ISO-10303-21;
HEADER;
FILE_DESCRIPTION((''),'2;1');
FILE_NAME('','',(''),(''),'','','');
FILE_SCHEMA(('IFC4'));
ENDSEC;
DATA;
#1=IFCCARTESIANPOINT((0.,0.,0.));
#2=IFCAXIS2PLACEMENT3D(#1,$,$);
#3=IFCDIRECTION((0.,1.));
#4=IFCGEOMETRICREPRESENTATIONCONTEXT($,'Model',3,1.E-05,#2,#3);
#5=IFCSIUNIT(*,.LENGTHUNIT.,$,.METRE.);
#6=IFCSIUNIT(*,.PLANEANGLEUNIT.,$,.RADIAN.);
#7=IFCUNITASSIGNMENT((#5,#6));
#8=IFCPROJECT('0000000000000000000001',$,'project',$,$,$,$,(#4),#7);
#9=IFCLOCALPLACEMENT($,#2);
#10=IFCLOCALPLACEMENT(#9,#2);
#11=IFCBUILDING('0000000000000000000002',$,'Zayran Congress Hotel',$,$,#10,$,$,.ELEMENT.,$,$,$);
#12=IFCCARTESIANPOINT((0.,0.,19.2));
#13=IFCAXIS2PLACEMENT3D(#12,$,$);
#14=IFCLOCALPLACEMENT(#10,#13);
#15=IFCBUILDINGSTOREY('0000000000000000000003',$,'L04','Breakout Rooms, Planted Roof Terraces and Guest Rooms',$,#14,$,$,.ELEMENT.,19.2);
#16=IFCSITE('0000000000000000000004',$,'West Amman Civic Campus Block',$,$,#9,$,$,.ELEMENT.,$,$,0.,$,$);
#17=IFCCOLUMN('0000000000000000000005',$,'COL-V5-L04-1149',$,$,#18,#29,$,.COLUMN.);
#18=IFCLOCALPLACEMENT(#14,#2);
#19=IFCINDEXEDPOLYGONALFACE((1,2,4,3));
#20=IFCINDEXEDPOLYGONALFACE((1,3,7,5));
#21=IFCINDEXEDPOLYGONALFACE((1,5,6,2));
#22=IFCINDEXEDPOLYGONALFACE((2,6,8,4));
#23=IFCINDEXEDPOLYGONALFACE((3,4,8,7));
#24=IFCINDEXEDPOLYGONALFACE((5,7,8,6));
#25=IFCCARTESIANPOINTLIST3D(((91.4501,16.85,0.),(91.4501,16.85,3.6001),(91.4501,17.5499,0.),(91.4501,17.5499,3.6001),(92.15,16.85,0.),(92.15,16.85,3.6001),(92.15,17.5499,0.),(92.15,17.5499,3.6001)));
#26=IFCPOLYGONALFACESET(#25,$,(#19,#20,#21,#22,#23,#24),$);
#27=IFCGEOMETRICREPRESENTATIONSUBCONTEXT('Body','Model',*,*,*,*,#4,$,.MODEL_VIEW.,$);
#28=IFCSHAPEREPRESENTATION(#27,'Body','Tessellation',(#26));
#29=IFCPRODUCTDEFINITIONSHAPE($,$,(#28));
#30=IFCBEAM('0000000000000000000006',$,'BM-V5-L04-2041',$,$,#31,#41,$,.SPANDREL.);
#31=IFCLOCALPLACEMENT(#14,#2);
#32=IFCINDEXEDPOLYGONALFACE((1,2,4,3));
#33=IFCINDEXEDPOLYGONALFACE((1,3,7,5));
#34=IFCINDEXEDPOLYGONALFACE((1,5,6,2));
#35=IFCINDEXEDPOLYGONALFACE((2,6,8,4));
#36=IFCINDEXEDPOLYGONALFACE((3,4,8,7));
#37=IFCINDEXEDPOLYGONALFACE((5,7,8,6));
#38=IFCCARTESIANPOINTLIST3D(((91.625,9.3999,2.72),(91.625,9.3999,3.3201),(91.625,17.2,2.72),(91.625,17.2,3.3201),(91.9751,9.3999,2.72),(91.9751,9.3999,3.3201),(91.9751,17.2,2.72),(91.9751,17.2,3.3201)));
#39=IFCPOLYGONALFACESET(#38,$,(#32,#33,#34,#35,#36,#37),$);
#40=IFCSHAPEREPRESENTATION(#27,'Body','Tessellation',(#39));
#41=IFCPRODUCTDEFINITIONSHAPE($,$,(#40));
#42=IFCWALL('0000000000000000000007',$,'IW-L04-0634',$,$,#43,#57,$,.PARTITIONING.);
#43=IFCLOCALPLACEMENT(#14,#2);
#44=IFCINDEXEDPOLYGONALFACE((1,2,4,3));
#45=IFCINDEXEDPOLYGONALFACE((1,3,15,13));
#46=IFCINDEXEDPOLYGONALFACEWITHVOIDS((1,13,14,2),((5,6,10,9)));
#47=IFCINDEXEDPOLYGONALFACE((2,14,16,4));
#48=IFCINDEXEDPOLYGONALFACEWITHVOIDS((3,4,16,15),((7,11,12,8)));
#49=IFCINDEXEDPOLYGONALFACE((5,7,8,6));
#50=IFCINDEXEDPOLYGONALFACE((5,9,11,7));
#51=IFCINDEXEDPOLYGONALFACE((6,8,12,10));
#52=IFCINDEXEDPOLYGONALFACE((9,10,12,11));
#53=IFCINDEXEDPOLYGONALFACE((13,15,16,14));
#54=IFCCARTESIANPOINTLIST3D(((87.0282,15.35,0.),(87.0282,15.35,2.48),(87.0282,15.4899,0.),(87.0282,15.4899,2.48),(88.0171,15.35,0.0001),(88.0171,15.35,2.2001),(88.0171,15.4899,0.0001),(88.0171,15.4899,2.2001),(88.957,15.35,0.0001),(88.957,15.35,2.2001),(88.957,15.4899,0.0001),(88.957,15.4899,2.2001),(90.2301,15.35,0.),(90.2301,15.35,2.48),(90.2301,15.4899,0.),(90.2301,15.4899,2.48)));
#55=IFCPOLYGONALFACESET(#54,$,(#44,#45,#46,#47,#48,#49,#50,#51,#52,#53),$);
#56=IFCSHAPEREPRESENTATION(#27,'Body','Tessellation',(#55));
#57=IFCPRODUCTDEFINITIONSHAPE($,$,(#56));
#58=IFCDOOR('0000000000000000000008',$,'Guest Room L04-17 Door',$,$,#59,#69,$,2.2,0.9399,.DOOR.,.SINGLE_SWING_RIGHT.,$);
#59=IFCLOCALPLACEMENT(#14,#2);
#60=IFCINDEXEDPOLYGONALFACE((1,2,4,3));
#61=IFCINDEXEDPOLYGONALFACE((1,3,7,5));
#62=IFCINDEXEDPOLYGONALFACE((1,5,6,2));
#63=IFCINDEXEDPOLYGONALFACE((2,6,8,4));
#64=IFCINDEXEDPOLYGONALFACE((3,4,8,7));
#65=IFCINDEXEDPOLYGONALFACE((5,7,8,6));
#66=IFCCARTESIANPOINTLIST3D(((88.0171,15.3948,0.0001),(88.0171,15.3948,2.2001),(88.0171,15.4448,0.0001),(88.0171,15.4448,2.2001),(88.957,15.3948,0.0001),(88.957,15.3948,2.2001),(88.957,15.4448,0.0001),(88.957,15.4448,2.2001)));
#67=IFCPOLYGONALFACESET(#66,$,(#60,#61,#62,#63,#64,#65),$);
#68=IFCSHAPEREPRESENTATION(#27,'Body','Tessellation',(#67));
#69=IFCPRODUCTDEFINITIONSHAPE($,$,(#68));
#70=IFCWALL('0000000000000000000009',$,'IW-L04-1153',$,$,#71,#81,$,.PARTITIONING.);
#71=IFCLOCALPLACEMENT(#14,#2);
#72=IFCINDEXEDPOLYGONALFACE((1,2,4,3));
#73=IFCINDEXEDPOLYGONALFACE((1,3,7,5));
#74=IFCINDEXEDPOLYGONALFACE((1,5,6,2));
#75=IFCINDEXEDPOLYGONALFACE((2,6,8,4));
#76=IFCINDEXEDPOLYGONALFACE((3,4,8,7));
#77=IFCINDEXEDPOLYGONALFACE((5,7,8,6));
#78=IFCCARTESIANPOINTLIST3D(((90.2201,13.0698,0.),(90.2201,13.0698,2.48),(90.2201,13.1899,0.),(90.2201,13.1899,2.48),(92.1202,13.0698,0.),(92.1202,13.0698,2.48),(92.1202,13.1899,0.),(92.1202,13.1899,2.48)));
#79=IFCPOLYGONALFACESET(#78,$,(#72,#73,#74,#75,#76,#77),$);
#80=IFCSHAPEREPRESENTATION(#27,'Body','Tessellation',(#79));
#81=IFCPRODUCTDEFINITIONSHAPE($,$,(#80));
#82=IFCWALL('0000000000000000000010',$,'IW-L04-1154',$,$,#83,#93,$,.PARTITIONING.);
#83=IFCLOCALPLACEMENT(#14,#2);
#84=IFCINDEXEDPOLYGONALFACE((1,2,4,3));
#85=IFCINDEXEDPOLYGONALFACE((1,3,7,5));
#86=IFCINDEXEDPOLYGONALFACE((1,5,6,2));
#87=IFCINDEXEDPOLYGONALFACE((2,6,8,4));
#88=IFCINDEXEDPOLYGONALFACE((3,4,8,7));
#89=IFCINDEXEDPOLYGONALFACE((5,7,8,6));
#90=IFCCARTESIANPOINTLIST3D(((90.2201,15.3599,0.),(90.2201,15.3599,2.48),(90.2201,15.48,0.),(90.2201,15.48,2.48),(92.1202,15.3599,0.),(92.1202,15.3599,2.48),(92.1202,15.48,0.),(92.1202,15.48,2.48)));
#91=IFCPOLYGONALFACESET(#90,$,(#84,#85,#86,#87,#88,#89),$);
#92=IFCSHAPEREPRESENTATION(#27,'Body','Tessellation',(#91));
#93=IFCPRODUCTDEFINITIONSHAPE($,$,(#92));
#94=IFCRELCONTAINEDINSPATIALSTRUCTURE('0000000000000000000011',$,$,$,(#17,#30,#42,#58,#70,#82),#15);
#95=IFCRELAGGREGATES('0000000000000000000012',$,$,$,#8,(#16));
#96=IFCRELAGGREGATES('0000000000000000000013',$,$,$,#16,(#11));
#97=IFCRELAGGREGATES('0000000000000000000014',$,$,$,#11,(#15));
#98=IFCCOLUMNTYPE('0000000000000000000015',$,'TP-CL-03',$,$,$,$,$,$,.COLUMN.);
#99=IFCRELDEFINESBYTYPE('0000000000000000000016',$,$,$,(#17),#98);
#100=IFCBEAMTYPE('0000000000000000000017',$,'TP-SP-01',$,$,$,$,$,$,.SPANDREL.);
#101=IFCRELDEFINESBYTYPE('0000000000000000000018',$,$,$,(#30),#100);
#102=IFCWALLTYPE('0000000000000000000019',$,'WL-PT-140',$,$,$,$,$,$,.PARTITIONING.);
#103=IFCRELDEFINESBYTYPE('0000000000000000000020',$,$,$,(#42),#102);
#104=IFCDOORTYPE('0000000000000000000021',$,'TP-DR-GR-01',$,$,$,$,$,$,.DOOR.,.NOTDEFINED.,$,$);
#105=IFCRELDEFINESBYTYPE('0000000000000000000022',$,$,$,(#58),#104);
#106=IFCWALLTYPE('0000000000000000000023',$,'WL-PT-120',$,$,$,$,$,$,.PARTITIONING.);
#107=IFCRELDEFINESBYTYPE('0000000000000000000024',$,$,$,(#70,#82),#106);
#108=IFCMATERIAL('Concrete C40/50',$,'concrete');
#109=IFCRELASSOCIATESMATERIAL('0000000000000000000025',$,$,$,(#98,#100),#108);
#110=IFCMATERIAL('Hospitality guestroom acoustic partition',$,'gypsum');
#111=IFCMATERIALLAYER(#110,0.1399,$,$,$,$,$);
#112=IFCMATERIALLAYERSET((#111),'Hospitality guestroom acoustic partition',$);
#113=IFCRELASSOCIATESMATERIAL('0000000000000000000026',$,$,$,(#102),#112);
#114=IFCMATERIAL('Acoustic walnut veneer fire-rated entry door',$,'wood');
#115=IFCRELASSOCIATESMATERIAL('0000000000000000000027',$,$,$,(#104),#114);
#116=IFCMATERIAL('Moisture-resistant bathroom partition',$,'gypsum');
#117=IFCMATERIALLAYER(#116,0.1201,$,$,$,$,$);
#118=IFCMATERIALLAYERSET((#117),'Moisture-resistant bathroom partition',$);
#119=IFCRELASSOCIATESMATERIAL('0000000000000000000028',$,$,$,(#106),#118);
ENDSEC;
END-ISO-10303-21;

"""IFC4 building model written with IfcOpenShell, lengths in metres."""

from ifc_helpers import new_model, si_unit, direction, frame, frame_2d, origin, origin_2d, place, context, subcontext, project, spatial, rectangle, extrude, material, layer, layer_set, material_profile, profile_set, type_object, element, fill, save


model = new_model("IFC4")

# Units and contexts
model_context = context("Model", 3, precision=1e-05, world=origin(), true_north=direction((0.0, 1.0)))
body_context = subcontext(model_context, "Body", "Model", "MODEL_VIEW")
ifc_project = project(units=[si_unit("LENGTHUNIT", "METRE"), si_unit("PLANEANGLEUNIT", "RADIAN")], contexts=[model_context])

# Site, building, storey
site_placement = place(None, origin())
site = spatial("IfcSite", under=ifc_project, at=site_placement, Name="West Amman Civic Campus Block", CompositionType="ELEMENT", RefElevation=0.0)
building_placement = place(site_placement, origin())
building = spatial("IfcBuilding", under=site, at=building_placement, Name="Zayran Congress Hotel", CompositionType="ELEMENT")
storey_placement = place(building_placement, frame((0.0, 0.0, 19.2)))
storey = spatial("IfcBuildingStorey", under=building, at=storey_placement, Name="L04", Description="Breakout Rooms, Planted Roof Terraces and Guest Rooms", CompositionType="ELEMENT", Elevation=19.2)

# Column
ifc_material_1 = material(Name="Concrete C40/50", Category="concrete")
ifc_material_profile_1 = material_profile(ifc_material_1, rectangle(XDim=0.7, YDim=0.7, at=origin_2d()), Name="RC 700x700")
ifc_profile_set_1 = profile_set([ifc_material_profile_1], Name="Concrete C40/50")
column_type = type_object("IfcColumnType", Name="TP-CL-03", PredefinedType="COLUMN", material=ifc_profile_set_1)
column_placement = place(storey_placement, frame((91.8, 17.2, 0.0), z_axis=(0.0, 0.0, 1.0), x_axis=(1.0, 0.0, 0.0)))
element("IfcColumn", 1, at=column_placement, inside=storey, type_object=column_type, Name="COL-V5-L04-1149", PredefinedType="COLUMN", context=body_context, shape_type="SweptSolid", body=[
    extrude(rectangle(XDim=0.7, YDim=0.7, at=origin_2d()), origin(), (0.0, 0.0, 1.0), 3.6001),
])

# Beam
ifc_material_profile_2 = material_profile(ifc_material_1, rectangle(XDim=0.3501, YDim=0.6001, at=origin_2d()), Name="RC 350x600")
ifc_profile_set_2 = profile_set([ifc_material_profile_2], Name="Concrete C40/50")
beam_type = type_object("IfcBeamType", Name="TP-SP-01", PredefinedType="SPANDREL", material=ifc_profile_set_2)
beam_placement = place(storey_placement, frame((91.8, 9.3999, 3.02), z_axis=(0.0, 1.0, 0.0), x_axis=(-1.0, 0.0, 0.0)))
element("IfcBeam", 2, at=beam_placement, inside=storey, type_object=beam_type, Name="BM-V5-L04-2041", PredefinedType="SPANDREL", context=body_context, shape_type="SweptSolid", body=[
    extrude(rectangle(XDim=0.3501, YDim=0.6001, at=origin_2d()), origin(), (0.0, 0.0, 1.0), 7.8),
])

# Wall, opening, door
ifc_material_2 = material(Name="Hospitality guestroom acoustic partition", Category="gypsum")
ifc_layer_1 = layer(ifc_material_2, 0.1399)
ifc_layer_set_1 = layer_set([ifc_layer_1], Name="Hospitality guestroom acoustic partition")
wall_type_1 = type_object("IfcWallType", Name="WL-PT-140", PredefinedType="PARTITIONING", material=ifc_layer_set_1)
wall_1_placement = place(storey_placement, frame((87.0281, 15.4199, 0.0), z_axis=(0.0, 0.0, 1.0), x_axis=(1.0, 0.0, 0.0)))
wall_1 = element("IfcWall", 3, at=wall_1_placement, inside=storey, type_object=wall_type_1, Name="IW-L04-0634", PredefinedType="PARTITIONING", context=body_context, shape_type="SweptSolid", body=[
    extrude(rectangle(XDim=3.2019, YDim=0.1399, at=frame_2d((1.6011, 0.0))), origin(), (0.0, 0.0, 1.0), 2.48),
])
opening_1_placement = place(wall_1_placement, frame((0.989, 0.0, 0.0)))
opening_1 = element("IfcOpeningElement", 4, at=opening_1_placement, cuts=wall_1, PredefinedType="OPENING", context=body_context, shape_type="SweptSolid", body=[
    extrude(rectangle(XDim=0.9399, YDim=2.2, at=frame_2d((0.47, 1.1001))), frame((0.0, 0.0798, 0.0), z_axis=(0.0, -1.0, 0.0), x_axis=(1.0, 0.0, 0.0)), (0.0, 0.0, 1.0), 0.1599),
])
ifc_material_3 = material(Name="Acoustic walnut veneer fire-rated entry door", Category="wood")
door_type_1 = type_object("IfcDoorType", Name="TP-DR-GR-01", OperationType="NOTDEFINED", PredefinedType="DOOR", material=ifc_material_3)
door_1_placement = place(opening_1_placement, origin())
door_1 = element("IfcDoor", 5, at=door_1_placement, inside=storey, type_object=door_type_1, Name="Guest Room L04-17 Door", OperationType="SINGLE_SWING_RIGHT", OverallHeight=2.2, OverallWidth=0.9399, PredefinedType="DOOR", context=body_context, shape_type="SweptSolid", body=[
    extrude(rectangle(XDim=0.9399, YDim=2.2, at=frame_2d((0.47, 1.1001))), frame((0.0, 0.0249, 0.0), z_axis=(0.0, -1.0, 0.0), x_axis=(1.0, 0.0, 0.0)), (0.0, 0.0, 1.0), 0.05),
])
fill(opening_1, door_1)
ifc_material_4 = material(Name="Moisture-resistant bathroom partition", Category="gypsum")
ifc_layer_2 = layer(ifc_material_4, 0.1201)
ifc_layer_set_2 = layer_set([ifc_layer_2], Name="Moisture-resistant bathroom partition")
wall_type_2 = type_object("IfcWallType", Name="WL-PT-120", PredefinedType="PARTITIONING", material=ifc_layer_set_2)

# Walls
for number, where, z_axis, x_axis, name in (
    (6, (90.22, 13.1299, 0.0), (0.0, 0.0, 1.0), (1.0, 0.0, 0.0), "IW-L04-1153"),
    (7, (90.22, 15.4199, 0.0), (0.0, 0.0, 1.0), (1.0, 0.0, 0.0), "IW-L04-1154"),
):
    element("IfcWall", number, at=place(storey_placement, frame(where, z_axis=z_axis, x_axis=x_axis)), inside=storey, type_object=wall_type_2, Name=name, PredefinedType="PARTITIONING", context=body_context, shape_type="SweptSolid", body=[
        extrude(rectangle(XDim=1.9001, YDim=0.1201, at=frame_2d((0.9502, 0.0))), origin(), (0.0, 0.0, 1.0), 2.48),
    ])

save(model, "model.ifc")
